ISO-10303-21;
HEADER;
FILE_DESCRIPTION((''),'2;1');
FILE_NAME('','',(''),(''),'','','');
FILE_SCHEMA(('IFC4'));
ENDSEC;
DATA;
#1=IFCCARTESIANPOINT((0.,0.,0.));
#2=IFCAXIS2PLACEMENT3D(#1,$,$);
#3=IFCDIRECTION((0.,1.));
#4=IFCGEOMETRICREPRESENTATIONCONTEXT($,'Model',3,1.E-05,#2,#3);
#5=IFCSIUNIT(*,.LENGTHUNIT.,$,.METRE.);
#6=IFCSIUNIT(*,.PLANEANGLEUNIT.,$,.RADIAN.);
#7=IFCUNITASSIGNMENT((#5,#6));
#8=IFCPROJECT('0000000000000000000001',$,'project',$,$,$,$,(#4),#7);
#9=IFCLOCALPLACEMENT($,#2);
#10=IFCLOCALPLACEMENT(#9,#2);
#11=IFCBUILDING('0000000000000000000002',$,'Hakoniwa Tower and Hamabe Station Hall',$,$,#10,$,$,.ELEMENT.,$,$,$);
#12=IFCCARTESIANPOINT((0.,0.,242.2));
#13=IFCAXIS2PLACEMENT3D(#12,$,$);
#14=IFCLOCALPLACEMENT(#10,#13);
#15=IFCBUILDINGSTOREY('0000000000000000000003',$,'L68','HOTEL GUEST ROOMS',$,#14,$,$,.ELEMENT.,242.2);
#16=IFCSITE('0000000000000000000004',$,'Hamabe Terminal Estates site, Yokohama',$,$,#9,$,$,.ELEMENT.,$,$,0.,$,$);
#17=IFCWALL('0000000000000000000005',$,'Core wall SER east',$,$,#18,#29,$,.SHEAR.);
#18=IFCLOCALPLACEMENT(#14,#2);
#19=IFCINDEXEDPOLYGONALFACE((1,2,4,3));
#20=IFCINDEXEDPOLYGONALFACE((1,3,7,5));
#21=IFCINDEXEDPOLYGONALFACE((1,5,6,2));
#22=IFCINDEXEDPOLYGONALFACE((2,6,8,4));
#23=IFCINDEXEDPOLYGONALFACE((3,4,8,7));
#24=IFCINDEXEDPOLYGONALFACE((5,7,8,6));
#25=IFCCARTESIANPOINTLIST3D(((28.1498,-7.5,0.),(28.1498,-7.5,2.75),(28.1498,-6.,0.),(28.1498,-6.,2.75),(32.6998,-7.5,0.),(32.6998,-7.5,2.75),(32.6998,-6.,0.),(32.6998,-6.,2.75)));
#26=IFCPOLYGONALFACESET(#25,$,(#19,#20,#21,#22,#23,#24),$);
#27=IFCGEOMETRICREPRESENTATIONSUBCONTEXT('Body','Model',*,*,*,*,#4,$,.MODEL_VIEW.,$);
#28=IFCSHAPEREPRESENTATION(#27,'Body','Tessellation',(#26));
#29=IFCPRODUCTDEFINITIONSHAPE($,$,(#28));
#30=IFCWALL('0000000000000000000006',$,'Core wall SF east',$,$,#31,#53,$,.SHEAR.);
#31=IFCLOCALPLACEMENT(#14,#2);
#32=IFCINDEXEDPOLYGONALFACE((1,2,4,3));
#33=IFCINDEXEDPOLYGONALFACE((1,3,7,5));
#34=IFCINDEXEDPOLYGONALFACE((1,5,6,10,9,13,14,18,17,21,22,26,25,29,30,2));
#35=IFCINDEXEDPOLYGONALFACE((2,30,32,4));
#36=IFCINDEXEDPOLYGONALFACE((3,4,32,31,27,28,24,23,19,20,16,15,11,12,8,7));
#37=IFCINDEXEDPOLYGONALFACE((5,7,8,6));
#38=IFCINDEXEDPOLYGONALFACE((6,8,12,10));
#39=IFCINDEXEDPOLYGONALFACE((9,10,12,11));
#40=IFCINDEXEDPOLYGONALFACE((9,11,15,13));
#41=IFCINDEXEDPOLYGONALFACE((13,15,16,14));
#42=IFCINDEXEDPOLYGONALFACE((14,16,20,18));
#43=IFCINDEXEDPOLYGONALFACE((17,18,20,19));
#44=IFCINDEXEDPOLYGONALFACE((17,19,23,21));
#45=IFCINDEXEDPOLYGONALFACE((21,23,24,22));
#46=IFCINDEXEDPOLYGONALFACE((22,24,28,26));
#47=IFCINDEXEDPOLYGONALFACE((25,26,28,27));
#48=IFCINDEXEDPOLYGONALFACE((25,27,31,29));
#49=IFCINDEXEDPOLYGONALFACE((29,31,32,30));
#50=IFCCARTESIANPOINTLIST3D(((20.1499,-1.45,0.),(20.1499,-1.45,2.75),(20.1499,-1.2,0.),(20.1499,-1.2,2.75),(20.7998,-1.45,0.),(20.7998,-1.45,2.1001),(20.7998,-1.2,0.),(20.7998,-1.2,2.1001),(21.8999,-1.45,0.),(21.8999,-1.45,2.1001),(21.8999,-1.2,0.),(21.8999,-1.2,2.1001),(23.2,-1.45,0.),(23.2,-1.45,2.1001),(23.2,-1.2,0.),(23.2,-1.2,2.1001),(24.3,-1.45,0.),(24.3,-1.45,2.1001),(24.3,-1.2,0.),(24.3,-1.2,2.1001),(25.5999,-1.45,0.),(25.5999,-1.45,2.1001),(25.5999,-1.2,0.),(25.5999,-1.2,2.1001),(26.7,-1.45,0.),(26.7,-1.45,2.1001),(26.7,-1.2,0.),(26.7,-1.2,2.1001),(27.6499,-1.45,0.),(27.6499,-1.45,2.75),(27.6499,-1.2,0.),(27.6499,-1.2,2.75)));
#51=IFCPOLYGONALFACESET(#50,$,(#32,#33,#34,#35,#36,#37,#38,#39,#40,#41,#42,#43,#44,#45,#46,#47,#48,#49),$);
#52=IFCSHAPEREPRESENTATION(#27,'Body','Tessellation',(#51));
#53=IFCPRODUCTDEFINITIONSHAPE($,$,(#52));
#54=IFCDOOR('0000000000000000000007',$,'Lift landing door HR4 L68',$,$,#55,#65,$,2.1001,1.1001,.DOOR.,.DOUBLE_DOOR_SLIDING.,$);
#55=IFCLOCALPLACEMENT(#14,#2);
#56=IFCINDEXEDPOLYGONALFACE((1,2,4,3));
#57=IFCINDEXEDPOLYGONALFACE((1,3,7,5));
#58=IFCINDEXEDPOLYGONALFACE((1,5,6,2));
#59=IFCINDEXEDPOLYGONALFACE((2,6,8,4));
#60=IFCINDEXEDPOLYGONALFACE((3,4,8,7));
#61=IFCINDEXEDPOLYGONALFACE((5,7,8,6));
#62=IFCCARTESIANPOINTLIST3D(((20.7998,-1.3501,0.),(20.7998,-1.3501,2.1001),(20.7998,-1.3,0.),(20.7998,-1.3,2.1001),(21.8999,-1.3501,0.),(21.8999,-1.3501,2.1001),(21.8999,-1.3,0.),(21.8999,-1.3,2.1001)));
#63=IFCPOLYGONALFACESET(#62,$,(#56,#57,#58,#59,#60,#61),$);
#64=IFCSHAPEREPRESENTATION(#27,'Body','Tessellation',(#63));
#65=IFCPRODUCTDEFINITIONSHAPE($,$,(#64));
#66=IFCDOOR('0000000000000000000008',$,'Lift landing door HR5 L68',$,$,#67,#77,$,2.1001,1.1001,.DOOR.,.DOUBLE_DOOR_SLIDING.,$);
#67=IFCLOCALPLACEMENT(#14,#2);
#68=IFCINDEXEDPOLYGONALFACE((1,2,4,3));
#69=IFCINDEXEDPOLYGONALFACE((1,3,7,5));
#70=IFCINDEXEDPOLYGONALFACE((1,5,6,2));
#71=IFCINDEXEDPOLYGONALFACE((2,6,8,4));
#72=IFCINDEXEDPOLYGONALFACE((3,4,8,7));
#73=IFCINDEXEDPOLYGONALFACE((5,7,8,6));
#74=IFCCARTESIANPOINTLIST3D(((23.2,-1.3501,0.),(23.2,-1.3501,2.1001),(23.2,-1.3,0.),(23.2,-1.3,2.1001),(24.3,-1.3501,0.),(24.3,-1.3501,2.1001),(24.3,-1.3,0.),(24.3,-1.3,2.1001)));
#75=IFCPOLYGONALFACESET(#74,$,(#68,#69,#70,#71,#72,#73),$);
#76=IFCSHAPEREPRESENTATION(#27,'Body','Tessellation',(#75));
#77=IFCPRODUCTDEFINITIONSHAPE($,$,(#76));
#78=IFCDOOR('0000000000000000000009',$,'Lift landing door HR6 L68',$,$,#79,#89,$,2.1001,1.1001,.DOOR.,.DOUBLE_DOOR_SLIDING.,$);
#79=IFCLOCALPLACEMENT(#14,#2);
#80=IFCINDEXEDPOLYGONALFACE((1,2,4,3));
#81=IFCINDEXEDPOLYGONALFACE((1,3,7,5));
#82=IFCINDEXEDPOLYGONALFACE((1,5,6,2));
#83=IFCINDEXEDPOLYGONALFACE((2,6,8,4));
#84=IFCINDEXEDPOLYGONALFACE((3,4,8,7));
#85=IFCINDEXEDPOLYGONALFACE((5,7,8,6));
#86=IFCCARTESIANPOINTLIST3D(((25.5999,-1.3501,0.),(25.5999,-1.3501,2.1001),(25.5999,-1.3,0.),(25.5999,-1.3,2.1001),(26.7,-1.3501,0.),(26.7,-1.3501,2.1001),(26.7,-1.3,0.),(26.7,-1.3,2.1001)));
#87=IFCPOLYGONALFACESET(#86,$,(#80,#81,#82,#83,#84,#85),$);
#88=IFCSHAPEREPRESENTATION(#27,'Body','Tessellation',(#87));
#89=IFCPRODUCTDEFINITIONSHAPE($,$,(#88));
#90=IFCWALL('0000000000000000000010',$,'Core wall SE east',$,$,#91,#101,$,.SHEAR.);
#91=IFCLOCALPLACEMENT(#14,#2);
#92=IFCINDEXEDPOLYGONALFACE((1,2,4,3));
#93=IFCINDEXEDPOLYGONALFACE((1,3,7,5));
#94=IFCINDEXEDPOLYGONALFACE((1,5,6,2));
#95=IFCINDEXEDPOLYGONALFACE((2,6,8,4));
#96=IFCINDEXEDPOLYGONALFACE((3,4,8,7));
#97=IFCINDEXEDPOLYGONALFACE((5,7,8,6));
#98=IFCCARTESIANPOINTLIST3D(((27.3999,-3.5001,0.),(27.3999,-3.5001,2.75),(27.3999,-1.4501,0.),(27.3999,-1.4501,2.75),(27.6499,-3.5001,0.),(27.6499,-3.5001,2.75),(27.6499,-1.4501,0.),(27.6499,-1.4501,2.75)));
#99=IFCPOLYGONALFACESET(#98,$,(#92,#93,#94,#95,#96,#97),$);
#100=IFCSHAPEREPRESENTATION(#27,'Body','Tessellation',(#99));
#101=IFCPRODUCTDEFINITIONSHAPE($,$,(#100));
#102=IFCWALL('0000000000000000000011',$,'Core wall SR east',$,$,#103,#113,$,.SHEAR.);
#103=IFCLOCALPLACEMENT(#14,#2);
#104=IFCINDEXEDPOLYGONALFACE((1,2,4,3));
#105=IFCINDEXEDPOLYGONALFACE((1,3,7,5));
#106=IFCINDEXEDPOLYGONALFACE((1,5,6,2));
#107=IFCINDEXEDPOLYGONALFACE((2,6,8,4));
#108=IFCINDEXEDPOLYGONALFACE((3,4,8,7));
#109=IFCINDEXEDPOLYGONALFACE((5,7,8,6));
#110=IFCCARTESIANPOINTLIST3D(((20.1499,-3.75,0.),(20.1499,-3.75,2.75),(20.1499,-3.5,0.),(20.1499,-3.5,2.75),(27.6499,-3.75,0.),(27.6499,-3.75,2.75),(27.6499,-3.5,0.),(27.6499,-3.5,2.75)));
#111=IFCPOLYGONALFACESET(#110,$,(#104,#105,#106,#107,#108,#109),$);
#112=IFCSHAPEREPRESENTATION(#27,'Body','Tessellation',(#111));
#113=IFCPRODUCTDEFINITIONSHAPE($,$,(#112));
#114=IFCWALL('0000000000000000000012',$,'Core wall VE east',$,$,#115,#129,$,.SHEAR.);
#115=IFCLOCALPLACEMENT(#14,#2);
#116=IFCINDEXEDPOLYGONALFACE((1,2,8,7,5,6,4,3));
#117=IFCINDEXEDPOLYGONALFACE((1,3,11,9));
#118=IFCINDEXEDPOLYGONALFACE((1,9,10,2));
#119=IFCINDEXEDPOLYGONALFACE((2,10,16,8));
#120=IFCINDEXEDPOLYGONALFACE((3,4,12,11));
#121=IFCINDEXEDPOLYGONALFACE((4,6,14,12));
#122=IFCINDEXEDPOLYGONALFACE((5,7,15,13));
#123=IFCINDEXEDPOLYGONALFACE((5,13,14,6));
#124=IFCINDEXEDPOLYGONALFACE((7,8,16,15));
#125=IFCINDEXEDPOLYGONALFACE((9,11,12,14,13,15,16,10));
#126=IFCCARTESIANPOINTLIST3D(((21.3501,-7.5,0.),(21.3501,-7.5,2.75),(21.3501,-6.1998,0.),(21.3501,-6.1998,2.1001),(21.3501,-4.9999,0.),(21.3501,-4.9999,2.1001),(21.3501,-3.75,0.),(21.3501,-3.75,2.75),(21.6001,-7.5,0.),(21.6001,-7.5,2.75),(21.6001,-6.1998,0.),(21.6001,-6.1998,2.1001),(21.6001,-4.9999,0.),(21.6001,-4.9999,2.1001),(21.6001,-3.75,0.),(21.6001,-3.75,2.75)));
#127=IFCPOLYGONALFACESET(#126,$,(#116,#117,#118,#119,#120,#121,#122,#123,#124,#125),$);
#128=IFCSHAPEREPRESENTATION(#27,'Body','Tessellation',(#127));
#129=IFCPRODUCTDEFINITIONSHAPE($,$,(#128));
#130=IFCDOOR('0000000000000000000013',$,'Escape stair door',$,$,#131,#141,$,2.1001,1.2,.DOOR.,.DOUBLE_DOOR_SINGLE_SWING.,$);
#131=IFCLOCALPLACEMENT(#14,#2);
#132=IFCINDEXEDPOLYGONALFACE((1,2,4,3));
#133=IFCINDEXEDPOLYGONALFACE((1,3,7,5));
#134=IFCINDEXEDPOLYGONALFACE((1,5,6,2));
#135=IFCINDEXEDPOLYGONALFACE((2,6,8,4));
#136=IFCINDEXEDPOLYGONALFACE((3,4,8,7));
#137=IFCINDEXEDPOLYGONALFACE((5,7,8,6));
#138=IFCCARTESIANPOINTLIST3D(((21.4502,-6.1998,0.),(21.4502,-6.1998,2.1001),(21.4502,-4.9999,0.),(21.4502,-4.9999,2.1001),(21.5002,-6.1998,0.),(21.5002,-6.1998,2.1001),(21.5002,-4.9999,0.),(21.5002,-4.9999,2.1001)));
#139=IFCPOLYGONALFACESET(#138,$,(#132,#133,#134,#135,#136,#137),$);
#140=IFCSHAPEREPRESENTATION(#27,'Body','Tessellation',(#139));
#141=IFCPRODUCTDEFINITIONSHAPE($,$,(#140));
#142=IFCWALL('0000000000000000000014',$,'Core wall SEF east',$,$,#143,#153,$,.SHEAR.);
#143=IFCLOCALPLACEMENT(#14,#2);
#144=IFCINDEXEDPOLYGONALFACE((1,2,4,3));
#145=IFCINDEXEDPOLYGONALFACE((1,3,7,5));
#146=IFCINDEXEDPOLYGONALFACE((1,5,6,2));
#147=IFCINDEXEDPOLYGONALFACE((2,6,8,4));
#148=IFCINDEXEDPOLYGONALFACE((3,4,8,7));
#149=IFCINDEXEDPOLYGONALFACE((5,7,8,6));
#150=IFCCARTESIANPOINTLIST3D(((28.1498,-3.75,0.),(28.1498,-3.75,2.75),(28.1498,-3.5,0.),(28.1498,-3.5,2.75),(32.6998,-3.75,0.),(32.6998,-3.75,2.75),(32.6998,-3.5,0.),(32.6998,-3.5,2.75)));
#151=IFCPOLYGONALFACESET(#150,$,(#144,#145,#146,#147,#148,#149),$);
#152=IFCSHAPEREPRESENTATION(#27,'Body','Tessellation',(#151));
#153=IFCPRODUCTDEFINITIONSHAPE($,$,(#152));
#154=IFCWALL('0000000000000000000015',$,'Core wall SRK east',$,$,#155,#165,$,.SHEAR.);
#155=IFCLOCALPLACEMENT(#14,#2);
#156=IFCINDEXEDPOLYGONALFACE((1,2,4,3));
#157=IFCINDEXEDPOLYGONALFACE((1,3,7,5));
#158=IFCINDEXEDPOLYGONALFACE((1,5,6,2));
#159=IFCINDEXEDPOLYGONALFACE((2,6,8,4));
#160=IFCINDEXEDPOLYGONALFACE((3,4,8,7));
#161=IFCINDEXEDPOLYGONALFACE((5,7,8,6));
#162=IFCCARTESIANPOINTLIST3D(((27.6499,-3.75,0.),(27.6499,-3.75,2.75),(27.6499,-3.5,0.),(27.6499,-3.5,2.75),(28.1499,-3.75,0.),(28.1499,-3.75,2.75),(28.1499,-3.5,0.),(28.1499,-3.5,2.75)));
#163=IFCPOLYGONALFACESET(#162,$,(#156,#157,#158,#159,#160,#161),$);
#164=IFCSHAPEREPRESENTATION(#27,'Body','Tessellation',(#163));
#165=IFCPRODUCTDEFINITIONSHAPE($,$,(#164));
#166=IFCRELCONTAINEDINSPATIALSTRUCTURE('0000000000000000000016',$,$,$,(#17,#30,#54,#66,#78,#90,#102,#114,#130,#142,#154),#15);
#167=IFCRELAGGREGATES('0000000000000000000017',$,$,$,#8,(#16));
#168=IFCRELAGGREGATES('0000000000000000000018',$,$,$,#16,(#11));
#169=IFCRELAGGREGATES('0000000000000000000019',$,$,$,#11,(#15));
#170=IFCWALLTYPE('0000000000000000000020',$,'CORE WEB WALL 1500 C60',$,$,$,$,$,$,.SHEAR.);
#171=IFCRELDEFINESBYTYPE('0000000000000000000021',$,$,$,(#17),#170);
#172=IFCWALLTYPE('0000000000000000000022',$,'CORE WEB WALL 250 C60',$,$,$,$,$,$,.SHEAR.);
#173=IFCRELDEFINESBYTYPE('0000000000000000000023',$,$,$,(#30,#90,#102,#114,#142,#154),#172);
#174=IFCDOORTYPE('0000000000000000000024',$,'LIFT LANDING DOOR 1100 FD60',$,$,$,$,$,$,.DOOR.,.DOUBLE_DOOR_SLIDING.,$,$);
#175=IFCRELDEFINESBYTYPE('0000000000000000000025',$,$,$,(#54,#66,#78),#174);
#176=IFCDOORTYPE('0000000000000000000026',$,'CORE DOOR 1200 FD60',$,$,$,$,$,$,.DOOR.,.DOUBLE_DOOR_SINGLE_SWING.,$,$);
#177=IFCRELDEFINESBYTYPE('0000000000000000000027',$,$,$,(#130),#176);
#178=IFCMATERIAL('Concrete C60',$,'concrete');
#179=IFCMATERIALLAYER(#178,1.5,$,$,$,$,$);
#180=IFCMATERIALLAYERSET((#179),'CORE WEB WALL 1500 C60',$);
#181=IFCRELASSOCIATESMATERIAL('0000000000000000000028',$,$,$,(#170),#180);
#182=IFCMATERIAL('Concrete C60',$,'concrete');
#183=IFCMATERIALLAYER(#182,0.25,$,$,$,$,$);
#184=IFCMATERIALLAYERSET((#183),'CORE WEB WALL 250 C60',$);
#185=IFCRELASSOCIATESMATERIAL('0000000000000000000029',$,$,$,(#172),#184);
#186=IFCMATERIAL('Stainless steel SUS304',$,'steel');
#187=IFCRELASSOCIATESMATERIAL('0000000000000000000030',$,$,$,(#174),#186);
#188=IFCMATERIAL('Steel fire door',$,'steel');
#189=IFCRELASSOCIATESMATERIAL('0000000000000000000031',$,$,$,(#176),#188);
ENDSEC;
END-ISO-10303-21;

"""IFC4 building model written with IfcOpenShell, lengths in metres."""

from ifc_helpers import new_model, si_unit, direction, frame, frame_2d, origin, place, context, subcontext, project, spatial, rectangle, extrude, material, layer, layer_set, type_object, element, fill, save


model = new_model("IFC4")

# Units and contexts
model_context = context("Model", 3, precision=1e-05, world=origin(), true_north=direction((0.0, 1.0)))
body_context = subcontext(model_context, "Body", "Model", "MODEL_VIEW")
ifc_project = project(units=[si_unit("LENGTHUNIT", "METRE"), si_unit("PLANEANGLEUNIT", "RADIAN")], contexts=[model_context])

# Site, building, storey
site_placement = place(None, origin())
site = spatial("IfcSite", under=ifc_project, at=site_placement, Name="Hamabe Terminal Estates site, Yokohama", CompositionType="ELEMENT", RefElevation=0.0)
building_placement = place(site_placement, origin())
building = spatial("IfcBuilding", under=site, at=building_placement, Name="Hakoniwa Tower and Hamabe Station Hall", CompositionType="ELEMENT")
storey_placement = place(building_placement, frame((0.0, 0.0, 242.2)))
storey = spatial("IfcBuildingStorey", under=building, at=storey_placement, Name="L68", Description="HOTEL GUEST ROOMS", CompositionType="ELEMENT", Elevation=242.2)

# Wall
ifc_material_1 = material(Name="Concrete C60", Category="concrete")
ifc_layer_1 = layer(ifc_material_1, 1.5)
ifc_layer_set_1 = layer_set([ifc_layer_1], Name="CORE WEB WALL 1500 C60")
wall_type_1 = type_object("IfcWallType", Name="CORE WEB WALL 1500 C60", PredefinedType="SHEAR", material=ifc_layer_set_1)
wall_1_placement = place(storey_placement, frame((28.1499, -6.75, 0.0), z_axis=(0.0, 0.0, 1.0), x_axis=(1.0, 0.0, 0.0)))
element("IfcWall", 1, at=wall_1_placement, inside=storey, type_object=wall_type_1, Name="Core wall SER east", PredefinedType="SHEAR", context=body_context, shape_type="SweptSolid", body=[
    extrude(rectangle(XDim=4.55, YDim=1.5, at=frame_2d((2.2749, 0.0))), origin(), (0.0, 0.0, 1.0), 2.75),
])

# Wall, openings, doors
ifc_material_2 = material(Name="Concrete C60", Category="concrete")
ifc_layer_2 = layer(ifc_material_2, 0.25)
ifc_layer_set_2 = layer_set([ifc_layer_2], Name="CORE WEB WALL 250 C60")
wall_type_2 = type_object("IfcWallType", Name="CORE WEB WALL 250 C60", PredefinedType="SHEAR", material=ifc_layer_set_2)
wall_2_placement = place(storey_placement, frame((20.1499, -1.325, 0.0), z_axis=(0.0, 0.0, 1.0), x_axis=(1.0, 0.0, 0.0)))
wall_2 = element("IfcWall", 2, at=wall_2_placement, inside=storey, type_object=wall_type_2, Name="Core wall SF east", PredefinedType="SHEAR", context=body_context, shape_type="SweptSolid", body=[
    extrude(rectangle(XDim=7.5, YDim=0.25, at=frame_2d((3.75, 0.0))), origin(), (0.0, 0.0, 1.0), 2.75),
])
opening_1_placement = place(wall_2_placement, frame((0.6499, 0.0, 0.0)))
opening_1 = element("IfcOpeningElement", 3, at=opening_1_placement, cuts=wall_2, PredefinedType="OPENING", context=body_context, shape_type="SweptSolid", body=[
    extrude(rectangle(XDim=1.1001, YDim=2.1001, at=frame_2d((0.55, 1.05))), frame((0.0, 0.135, 0.0), z_axis=(0.0, -1.0, 0.0), x_axis=(1.0, 0.0, 0.0)), (0.0, 0.0, 1.0), 0.27),
])
opening_2_placement = place(wall_2_placement, frame((3.05, 0.0, 0.0)))
opening_2 = element("IfcOpeningElement", 4, at=opening_2_placement, cuts=wall_2, PredefinedType="OPENING", context=body_context, shape_type="SweptSolid", body=[
    extrude(rectangle(XDim=1.1001, YDim=2.1001, at=frame_2d((0.55, 1.05))), frame((0.0, 0.135, 0.0), z_axis=(0.0, -1.0, 0.0), x_axis=(1.0, 0.0, 0.0)), (0.0, 0.0, 1.0), 0.27),
])
opening_3_placement = place(wall_2_placement, frame((5.45, 0.0, 0.0)))
opening_3 = element("IfcOpeningElement", 5, at=opening_3_placement, cuts=wall_2, PredefinedType="OPENING", context=body_context, shape_type="SweptSolid", body=[
    extrude(rectangle(XDim=1.1001, YDim=2.1001, at=frame_2d((0.55, 1.05))), frame((0.0, 0.135, 0.0), z_axis=(0.0, -1.0, 0.0), x_axis=(1.0, 0.0, 0.0)), (0.0, 0.0, 1.0), 0.27),
])
ifc_material_3 = material(Name="Stainless steel SUS304", Category="steel")
door_type_1 = type_object("IfcDoorType", Name="LIFT LANDING DOOR 1100 FD60", OperationType="DOUBLE_DOOR_SLIDING", PredefinedType="DOOR", material=ifc_material_3)
door_1_placement = place(opening_1_placement, origin())
door_1 = element("IfcDoor", 6, at=door_1_placement, inside=storey, type_object=door_type_1, Name="Lift landing door HR4 L68", OperationType="DOUBLE_DOOR_SLIDING", OverallHeight=2.1001, OverallWidth=1.1001, PredefinedType="DOOR", context=body_context, shape_type="SweptSolid", body=[
    extrude(rectangle(XDim=1.1001, YDim=2.1001, at=frame_2d((0.55, 1.05))), frame((0.0, 0.0249, 0.0), z_axis=(0.0, -1.0, 0.0), x_axis=(1.0, 0.0, 0.0)), (0.0, 0.0, 1.0), 0.05),
])
fill(opening_1, door_1)
door_2_placement = place(opening_2_placement, origin())
door_2 = element("IfcDoor", 7, at=door_2_placement, inside=storey, type_object=door_type_1, Name="Lift landing door HR5 L68", OperationType="DOUBLE_DOOR_SLIDING", OverallHeight=2.1001, OverallWidth=1.1001, PredefinedType="DOOR", context=body_context, shape_type="SweptSolid", body=[
    extrude(rectangle(XDim=1.1001, YDim=2.1001, at=frame_2d((0.55, 1.05))), frame((0.0, 0.0249, 0.0), z_axis=(0.0, -1.0, 0.0), x_axis=(1.0, 0.0, 0.0)), (0.0, 0.0, 1.0), 0.05),
])
fill(opening_2, door_2)
door_3_placement = place(opening_3_placement, origin())
door_3 = element("IfcDoor", 8, at=door_3_placement, inside=storey, type_object=door_type_1, Name="Lift landing door HR6 L68", OperationType="DOUBLE_DOOR_SLIDING", OverallHeight=2.1001, OverallWidth=1.1001, PredefinedType="DOOR", context=body_context, shape_type="SweptSolid", body=[
    extrude(rectangle(XDim=1.1001, YDim=2.1001, at=frame_2d((0.55, 1.05))), frame((0.0, 0.0249, 0.0), z_axis=(0.0, -1.0, 0.0), x_axis=(1.0, 0.0, 0.0)), (0.0, 0.0, 1.0), 0.05),
])
fill(opening_3, door_3)

# Walls
wall_3_placement = place(storey_placement, frame((27.5249, -3.5, 0.0), z_axis=(0.0, 0.0, 1.0), x_axis=(0.0, 1.0, 0.0)))
element("IfcWall", 9, at=wall_3_placement, inside=storey, type_object=wall_type_2, Name="Core wall SE east", PredefinedType="SHEAR", context=body_context, shape_type="SweptSolid", body=[
    extrude(rectangle(XDim=2.05, YDim=0.25, at=frame_2d((1.0249, 0.0))), origin(), (0.0, 0.0, 1.0), 2.75),
])
wall_4_placement = place(storey_placement, frame((20.1499, -3.625, 0.0), z_axis=(0.0, 0.0, 1.0), x_axis=(1.0, 0.0, 0.0)))
element("IfcWall", 10, at=wall_4_placement, inside=storey, type_object=wall_type_2, Name="Core wall SR east", PredefinedType="SHEAR", context=body_context, shape_type="SweptSolid", body=[
    extrude(rectangle(XDim=7.5, YDim=0.25, at=frame_2d((3.75, 0.0))), origin(), (0.0, 0.0, 1.0), 2.75),
])

# Wall, opening, door
wall_5_placement = place(storey_placement, frame((21.4751, -7.5, 0.0), z_axis=(0.0, 0.0, 1.0), x_axis=(0.0, 1.0, 0.0)))
wall_5 = element("IfcWall", 11, at=wall_5_placement, inside=storey, type_object=wall_type_2, Name="Core wall VE east", PredefinedType="SHEAR", context=body_context, shape_type="SweptSolid", body=[
    extrude(rectangle(XDim=3.75, YDim=0.25, at=frame_2d((1.875, 0.0))), origin(), (0.0, 0.0, 1.0), 2.75),
])
opening_4_placement = place(wall_5_placement, frame((1.3, 0.0, 0.0)))
opening_4 = element("IfcOpeningElement", 12, at=opening_4_placement, cuts=wall_5, PredefinedType="OPENING", context=body_context, shape_type="SweptSolid", body=[
    extrude(rectangle(XDim=1.2, YDim=2.1001, at=frame_2d((0.6001, 1.05))), frame((0.0, 0.135, 0.0), z_axis=(0.0, -1.0, 0.0), x_axis=(1.0, 0.0, 0.0)), (0.0, 0.0, 1.0), 0.27),
])
ifc_material_4 = material(Name="Steel fire door", Category="steel")
door_type_2 = type_object("IfcDoorType", Name="CORE DOOR 1200 FD60", OperationType="DOUBLE_DOOR_SINGLE_SWING", PredefinedType="DOOR", material=ifc_material_4)
door_4_placement = place(opening_4_placement, origin())
door_4 = element("IfcDoor", 13, at=door_4_placement, inside=storey, type_object=door_type_2, Name="Escape stair door", OperationType="DOUBLE_DOOR_SINGLE_SWING", OverallHeight=2.1001, OverallWidth=1.2, PredefinedType="DOOR", context=body_context, shape_type="SweptSolid", body=[
    extrude(rectangle(XDim=1.2, YDim=2.1001, at=frame_2d((0.6001, 1.05))), frame((0.0, 0.0249, 0.0), z_axis=(0.0, -1.0, 0.0), x_axis=(1.0, 0.0, 0.0)), (0.0, 0.0, 1.0), 0.05),
])
fill(opening_4, door_4)

# Walls
wall_6_placement = place(storey_placement, frame((28.1499, -3.625, 0.0), z_axis=(0.0, 0.0, 1.0), x_axis=(1.0, 0.0, 0.0)))
element("IfcWall", 14, at=wall_6_placement, inside=storey, type_object=wall_type_2, Name="Core wall SEF east", PredefinedType="SHEAR", context=body_context, shape_type="SweptSolid", body=[
    extrude(rectangle(XDim=4.55, YDim=0.25, at=frame_2d((2.2749, 0.0))), origin(), (0.0, 0.0, 1.0), 2.75),
])
wall_7_placement = place(storey_placement, frame((27.6499, -3.625, 0.0), z_axis=(0.0, 0.0, 1.0), x_axis=(1.0, 0.0, 0.0)))
element("IfcWall", 15, at=wall_7_placement, inside=storey, type_object=wall_type_2, Name="Core wall SRK east", PredefinedType="SHEAR", context=body_context, shape_type="SweptSolid", body=[
    extrude(rectangle(XDim=0.5, YDim=0.25, at=frame_2d((0.25, 0.0))), origin(), (0.0, 0.0, 1.0), 2.75),
])

save(model, "model.ifc")
